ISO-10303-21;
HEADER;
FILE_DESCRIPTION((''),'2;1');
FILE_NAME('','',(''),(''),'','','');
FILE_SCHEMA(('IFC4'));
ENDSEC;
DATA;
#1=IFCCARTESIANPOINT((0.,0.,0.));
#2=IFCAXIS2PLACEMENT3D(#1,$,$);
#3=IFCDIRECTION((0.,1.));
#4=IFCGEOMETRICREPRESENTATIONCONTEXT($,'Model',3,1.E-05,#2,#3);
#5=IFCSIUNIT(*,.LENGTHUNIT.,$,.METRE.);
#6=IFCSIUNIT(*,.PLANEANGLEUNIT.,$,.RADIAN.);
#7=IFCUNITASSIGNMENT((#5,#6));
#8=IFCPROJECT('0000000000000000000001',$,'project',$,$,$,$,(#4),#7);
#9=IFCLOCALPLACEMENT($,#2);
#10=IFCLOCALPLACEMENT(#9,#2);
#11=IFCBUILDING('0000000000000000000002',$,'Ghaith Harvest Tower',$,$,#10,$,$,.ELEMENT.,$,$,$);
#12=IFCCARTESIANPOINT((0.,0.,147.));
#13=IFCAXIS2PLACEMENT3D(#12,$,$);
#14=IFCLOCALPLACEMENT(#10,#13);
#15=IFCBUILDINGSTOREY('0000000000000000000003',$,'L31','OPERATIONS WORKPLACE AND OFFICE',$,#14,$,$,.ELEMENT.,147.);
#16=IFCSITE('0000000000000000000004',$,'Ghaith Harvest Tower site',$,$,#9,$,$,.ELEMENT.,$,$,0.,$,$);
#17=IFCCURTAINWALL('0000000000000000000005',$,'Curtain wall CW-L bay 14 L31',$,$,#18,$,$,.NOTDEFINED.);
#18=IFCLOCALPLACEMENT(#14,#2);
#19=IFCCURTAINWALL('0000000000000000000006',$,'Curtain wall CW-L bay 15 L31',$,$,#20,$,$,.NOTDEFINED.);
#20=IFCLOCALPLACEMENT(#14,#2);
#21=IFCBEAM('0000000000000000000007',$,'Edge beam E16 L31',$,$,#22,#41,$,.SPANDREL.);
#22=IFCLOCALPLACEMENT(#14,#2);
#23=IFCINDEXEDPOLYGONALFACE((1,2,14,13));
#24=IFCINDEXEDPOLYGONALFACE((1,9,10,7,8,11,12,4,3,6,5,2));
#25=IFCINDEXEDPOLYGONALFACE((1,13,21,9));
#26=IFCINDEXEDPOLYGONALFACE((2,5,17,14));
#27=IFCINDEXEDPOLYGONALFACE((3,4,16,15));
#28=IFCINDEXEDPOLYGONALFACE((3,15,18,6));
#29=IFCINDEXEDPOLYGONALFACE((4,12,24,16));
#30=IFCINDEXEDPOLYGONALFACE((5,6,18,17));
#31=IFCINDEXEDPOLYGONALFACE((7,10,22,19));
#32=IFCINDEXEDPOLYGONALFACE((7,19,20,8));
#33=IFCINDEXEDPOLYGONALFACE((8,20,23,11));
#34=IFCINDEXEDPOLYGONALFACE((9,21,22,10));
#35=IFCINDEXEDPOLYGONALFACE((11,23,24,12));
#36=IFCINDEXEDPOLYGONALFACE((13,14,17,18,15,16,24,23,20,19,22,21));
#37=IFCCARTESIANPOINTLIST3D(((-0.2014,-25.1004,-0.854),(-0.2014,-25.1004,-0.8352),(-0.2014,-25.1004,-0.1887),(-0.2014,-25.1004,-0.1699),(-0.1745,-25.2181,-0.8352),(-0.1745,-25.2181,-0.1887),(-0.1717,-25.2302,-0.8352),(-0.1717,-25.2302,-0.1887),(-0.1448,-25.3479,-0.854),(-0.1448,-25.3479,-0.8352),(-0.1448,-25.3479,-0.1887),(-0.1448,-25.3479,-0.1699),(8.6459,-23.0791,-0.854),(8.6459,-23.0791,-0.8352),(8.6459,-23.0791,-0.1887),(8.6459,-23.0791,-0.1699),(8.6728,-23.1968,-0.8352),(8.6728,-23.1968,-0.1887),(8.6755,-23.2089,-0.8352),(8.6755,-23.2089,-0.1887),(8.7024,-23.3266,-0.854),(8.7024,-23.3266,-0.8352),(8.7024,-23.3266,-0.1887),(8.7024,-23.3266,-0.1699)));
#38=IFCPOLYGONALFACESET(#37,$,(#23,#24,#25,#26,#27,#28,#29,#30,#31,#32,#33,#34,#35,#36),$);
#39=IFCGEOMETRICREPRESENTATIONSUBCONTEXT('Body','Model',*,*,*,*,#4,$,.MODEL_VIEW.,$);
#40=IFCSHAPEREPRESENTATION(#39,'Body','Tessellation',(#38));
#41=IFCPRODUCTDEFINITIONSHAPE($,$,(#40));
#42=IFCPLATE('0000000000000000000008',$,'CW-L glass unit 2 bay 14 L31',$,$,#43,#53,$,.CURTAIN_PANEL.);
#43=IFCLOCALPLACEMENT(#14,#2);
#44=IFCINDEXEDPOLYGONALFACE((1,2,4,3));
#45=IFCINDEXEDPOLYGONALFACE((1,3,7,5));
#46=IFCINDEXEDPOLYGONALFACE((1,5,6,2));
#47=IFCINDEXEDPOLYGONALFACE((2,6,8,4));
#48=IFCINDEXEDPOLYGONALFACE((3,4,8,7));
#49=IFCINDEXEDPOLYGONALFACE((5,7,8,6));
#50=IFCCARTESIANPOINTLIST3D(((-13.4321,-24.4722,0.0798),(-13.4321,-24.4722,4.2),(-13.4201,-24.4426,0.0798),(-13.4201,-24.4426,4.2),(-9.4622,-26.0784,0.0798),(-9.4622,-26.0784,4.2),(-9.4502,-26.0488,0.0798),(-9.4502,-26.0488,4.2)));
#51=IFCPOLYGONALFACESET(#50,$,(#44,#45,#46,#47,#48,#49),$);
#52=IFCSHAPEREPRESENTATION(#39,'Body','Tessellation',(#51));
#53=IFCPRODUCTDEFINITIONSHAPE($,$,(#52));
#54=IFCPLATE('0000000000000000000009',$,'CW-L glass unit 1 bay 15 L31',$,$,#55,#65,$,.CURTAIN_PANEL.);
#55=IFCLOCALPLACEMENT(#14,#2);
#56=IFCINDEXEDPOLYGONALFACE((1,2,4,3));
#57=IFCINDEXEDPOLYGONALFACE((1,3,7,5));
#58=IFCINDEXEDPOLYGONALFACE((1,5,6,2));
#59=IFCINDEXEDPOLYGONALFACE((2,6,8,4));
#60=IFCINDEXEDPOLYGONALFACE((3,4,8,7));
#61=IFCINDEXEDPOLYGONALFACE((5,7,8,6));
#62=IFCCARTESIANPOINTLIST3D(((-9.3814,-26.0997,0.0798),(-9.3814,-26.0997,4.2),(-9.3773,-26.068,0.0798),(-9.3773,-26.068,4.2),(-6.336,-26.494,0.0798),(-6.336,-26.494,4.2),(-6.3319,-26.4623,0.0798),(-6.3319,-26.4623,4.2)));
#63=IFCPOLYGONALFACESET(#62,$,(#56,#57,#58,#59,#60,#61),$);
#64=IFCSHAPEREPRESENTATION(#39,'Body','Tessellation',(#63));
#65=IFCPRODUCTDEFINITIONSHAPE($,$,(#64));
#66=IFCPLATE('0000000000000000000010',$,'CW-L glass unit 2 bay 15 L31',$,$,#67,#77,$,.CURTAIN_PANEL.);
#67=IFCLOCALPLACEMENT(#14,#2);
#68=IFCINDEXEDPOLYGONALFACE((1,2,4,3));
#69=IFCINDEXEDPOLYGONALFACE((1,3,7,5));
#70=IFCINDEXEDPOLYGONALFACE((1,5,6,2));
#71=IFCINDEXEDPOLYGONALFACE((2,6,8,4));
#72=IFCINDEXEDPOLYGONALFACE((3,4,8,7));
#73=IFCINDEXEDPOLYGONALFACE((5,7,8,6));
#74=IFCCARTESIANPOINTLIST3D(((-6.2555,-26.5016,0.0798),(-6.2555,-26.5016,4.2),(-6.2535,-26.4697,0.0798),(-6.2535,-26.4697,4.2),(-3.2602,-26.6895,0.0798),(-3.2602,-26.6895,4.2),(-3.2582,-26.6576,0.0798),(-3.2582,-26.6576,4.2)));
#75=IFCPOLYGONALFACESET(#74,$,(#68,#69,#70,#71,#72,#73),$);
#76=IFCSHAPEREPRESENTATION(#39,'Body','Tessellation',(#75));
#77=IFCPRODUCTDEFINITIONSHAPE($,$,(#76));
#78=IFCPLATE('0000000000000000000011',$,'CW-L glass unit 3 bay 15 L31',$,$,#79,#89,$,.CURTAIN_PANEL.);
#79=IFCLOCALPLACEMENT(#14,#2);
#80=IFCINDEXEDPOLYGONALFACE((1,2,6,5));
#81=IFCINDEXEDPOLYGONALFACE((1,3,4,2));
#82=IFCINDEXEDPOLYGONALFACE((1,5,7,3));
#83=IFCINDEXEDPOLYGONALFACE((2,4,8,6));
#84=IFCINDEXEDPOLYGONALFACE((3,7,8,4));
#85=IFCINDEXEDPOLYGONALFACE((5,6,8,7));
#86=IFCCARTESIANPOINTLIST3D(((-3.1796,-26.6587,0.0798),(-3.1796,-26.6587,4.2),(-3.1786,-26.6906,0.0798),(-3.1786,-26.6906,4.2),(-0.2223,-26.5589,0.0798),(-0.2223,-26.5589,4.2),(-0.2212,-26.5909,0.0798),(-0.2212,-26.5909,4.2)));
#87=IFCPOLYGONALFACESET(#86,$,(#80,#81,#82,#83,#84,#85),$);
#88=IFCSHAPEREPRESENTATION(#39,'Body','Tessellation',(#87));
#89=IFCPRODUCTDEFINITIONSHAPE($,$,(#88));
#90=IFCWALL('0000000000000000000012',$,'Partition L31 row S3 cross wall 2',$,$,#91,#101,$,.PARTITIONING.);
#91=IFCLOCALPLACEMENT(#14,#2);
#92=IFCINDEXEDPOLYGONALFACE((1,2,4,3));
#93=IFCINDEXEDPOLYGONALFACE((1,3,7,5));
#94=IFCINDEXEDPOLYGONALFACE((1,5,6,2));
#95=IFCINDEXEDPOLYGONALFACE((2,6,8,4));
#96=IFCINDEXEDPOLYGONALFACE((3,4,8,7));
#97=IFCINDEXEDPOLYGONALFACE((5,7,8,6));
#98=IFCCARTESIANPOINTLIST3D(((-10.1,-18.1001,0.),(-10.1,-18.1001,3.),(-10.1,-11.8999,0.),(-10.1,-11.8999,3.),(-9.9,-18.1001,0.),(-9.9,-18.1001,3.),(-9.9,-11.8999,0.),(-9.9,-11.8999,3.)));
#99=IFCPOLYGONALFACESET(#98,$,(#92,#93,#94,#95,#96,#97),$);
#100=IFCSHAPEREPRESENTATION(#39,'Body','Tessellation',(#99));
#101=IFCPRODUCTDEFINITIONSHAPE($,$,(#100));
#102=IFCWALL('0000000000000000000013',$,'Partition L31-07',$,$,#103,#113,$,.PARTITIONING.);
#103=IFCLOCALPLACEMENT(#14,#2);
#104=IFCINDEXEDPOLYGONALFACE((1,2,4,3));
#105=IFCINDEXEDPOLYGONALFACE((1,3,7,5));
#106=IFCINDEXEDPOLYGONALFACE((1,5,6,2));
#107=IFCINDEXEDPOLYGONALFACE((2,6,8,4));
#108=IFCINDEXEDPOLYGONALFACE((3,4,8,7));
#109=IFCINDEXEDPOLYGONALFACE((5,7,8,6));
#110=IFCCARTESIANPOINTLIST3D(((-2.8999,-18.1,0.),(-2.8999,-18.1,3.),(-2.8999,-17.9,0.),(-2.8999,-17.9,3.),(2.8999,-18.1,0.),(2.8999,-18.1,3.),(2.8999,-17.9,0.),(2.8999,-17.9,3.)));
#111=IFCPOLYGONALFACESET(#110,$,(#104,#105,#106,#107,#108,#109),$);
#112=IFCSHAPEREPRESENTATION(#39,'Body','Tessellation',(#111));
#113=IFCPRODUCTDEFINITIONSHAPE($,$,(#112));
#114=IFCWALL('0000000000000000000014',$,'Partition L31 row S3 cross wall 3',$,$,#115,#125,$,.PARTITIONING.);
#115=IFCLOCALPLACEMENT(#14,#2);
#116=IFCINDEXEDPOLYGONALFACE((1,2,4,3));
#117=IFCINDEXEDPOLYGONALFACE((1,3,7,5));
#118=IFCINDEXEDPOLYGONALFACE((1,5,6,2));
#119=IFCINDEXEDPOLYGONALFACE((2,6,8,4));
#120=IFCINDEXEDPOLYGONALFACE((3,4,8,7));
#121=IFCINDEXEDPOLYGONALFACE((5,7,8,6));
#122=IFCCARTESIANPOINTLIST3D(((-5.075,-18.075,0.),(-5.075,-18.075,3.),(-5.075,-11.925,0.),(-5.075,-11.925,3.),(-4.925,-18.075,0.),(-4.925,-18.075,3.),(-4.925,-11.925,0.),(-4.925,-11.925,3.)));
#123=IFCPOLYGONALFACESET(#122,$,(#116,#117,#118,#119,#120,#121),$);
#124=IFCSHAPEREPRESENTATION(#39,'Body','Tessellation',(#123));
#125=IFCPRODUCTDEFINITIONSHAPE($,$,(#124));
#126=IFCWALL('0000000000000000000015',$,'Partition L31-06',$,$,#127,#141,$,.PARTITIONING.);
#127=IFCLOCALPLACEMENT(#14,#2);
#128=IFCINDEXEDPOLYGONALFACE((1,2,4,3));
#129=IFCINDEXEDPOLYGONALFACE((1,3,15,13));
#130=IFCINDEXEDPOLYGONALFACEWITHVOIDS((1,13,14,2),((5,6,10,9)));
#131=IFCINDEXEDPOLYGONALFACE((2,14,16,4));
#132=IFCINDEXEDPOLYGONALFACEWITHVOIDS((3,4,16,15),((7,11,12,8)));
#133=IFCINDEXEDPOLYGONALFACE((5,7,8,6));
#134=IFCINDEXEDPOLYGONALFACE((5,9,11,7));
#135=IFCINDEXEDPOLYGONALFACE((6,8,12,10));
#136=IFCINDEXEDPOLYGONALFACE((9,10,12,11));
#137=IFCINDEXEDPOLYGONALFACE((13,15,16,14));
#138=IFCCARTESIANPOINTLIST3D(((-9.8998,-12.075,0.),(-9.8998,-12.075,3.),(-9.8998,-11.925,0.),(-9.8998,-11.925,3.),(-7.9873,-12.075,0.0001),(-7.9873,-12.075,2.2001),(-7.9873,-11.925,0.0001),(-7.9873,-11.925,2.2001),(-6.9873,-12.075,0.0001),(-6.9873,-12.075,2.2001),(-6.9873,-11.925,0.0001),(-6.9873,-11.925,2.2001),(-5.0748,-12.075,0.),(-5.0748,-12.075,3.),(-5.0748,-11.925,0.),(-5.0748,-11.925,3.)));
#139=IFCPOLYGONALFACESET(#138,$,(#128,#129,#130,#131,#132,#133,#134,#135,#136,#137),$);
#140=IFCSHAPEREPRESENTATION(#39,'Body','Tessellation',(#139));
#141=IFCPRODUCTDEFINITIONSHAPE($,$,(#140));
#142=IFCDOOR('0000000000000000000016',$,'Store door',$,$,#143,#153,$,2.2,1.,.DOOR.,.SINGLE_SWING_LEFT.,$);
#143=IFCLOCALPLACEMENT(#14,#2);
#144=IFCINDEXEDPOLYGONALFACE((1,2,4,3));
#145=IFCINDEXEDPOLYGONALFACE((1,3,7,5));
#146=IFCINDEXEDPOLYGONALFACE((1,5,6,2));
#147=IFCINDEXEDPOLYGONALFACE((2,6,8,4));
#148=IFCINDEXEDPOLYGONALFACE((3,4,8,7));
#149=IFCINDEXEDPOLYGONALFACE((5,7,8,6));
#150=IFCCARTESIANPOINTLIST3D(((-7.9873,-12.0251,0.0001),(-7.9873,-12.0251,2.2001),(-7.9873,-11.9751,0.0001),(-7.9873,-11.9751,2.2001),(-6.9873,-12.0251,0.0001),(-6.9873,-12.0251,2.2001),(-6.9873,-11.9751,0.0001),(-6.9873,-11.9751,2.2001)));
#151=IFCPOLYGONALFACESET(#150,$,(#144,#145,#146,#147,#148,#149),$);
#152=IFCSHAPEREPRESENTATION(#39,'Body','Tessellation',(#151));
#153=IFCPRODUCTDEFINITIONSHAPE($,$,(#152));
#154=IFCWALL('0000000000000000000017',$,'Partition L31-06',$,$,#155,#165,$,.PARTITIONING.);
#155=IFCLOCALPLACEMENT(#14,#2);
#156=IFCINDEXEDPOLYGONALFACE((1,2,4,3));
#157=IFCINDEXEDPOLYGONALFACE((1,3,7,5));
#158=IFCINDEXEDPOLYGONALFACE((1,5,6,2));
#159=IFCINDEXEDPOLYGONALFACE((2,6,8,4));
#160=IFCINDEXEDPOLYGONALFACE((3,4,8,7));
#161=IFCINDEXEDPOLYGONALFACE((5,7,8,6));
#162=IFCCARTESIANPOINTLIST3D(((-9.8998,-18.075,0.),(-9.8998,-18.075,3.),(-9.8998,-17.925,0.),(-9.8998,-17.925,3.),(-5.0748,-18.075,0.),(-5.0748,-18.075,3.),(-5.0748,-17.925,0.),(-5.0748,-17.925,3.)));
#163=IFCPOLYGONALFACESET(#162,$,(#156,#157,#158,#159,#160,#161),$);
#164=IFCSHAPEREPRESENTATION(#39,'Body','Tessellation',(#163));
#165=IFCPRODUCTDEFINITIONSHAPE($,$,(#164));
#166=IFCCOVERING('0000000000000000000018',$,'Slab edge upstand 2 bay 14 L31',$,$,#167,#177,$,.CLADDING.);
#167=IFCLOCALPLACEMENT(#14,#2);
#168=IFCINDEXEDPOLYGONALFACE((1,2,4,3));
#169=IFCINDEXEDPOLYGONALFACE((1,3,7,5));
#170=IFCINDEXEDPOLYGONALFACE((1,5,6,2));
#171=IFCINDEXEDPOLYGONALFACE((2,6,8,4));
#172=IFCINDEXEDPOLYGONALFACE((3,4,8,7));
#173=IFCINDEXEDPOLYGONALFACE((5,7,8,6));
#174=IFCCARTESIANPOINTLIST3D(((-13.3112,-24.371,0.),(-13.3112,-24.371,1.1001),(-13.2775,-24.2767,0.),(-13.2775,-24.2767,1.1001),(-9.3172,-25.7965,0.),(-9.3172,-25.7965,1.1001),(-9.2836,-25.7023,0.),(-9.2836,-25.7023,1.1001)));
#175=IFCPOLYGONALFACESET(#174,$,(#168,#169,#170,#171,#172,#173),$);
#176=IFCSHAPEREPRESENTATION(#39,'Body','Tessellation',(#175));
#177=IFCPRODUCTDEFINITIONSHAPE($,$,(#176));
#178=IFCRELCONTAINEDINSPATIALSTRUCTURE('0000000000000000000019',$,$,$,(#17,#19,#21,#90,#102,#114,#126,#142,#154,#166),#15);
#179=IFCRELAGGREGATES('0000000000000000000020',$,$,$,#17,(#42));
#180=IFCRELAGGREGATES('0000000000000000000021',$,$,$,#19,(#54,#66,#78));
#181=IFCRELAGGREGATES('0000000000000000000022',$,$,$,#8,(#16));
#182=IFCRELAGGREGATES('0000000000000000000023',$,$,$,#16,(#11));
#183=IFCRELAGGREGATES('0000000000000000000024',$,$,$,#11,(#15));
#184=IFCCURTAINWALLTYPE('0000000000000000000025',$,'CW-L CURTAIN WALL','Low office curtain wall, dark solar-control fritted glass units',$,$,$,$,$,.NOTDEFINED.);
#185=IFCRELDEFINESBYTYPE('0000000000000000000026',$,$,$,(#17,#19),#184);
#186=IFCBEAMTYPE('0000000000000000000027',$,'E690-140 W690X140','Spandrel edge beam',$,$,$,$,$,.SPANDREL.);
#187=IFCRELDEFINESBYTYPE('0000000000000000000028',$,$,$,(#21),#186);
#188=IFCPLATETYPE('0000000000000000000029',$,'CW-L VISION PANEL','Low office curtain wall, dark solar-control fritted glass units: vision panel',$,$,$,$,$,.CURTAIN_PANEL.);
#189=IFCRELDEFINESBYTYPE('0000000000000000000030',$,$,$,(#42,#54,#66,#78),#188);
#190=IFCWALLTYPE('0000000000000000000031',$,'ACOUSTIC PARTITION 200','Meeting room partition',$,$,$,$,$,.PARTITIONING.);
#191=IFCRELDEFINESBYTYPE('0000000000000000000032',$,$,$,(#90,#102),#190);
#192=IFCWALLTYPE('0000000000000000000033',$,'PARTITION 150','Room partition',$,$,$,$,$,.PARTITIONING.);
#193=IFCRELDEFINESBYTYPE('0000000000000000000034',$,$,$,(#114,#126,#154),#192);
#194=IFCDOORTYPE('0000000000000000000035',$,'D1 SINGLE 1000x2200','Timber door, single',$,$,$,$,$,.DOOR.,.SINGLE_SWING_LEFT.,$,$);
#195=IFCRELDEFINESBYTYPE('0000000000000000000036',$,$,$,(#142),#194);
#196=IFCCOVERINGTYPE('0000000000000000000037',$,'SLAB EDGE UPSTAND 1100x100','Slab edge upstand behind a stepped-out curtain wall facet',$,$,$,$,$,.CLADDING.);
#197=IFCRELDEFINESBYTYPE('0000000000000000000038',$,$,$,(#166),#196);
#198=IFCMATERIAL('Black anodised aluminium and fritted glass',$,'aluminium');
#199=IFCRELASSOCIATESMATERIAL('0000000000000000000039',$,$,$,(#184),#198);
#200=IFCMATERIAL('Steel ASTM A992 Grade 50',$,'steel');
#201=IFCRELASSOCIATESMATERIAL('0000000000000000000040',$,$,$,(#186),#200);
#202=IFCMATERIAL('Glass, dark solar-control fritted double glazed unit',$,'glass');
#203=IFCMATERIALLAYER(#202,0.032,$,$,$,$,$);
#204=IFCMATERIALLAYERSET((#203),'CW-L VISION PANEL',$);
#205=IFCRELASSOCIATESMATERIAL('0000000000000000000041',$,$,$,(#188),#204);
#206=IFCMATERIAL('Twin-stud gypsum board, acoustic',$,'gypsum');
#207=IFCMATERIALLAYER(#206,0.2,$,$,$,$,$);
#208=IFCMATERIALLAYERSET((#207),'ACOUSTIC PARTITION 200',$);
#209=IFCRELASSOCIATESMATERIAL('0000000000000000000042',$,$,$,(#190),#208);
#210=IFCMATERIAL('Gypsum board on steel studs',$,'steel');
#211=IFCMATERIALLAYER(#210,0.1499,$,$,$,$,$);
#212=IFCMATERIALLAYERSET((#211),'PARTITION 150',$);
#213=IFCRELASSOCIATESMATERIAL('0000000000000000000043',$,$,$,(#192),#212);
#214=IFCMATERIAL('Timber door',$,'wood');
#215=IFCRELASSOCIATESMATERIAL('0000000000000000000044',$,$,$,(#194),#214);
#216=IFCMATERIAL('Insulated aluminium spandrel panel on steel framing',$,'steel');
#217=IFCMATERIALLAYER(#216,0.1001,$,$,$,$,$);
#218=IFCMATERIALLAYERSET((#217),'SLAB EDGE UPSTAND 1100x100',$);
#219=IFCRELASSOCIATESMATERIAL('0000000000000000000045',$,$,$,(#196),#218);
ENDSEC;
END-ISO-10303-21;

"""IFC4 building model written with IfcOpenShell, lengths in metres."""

from ifc_helpers import new_model, si_unit, direction, frame, frame_2d, origin, origin_2d, place, context, subcontext, project, spatial, rectangle, i_section, extrude, material, layer, layer_set, material_profile, profile_set, type_object, element, fill, aggregate, save


model = new_model("IFC4")

# Units and contexts
model_context = context("Model", 3, precision=1e-05, world=origin(), true_north=direction((0.0, 1.0)))
body_context = subcontext(model_context, "Body", "Model", "MODEL_VIEW")
ifc_project = project(units=[si_unit("LENGTHUNIT", "METRE"), si_unit("PLANEANGLEUNIT", "RADIAN")], contexts=[model_context])

# Site, building, storey
site_placement = place(None, origin())
site = spatial("IfcSite", under=ifc_project, at=site_placement, Name="Ghaith Harvest Tower site", CompositionType="ELEMENT", RefElevation=0.0)
building_placement = place(site_placement, origin())
building = spatial("IfcBuilding", under=site, at=building_placement, Name="Ghaith Harvest Tower", CompositionType="ELEMENT")
storey_placement = place(building_placement, frame((0.0, 0.0, 147.0)))
storey = spatial("IfcBuildingStorey", under=building, at=storey_placement, Name="L31", Description="OPERATIONS WORKPLACE AND OFFICE", CompositionType="ELEMENT", Elevation=147.0)

# Curtain wall
ifc_material_1 = material(Name="Black anodised aluminium and fritted glass", Category="aluminium")
curtain_wall_type = type_object("IfcCurtainWallType", Name="CW-L CURTAIN WALL", Description="Low office curtain wall, dark solar-control fritted glass units", PredefinedType="NOTDEFINED", material=ifc_material_1)
curtain_wall_1_placement = place(storey_placement, origin())
curtain_wall_1 = element("IfcCurtainWall", 1, at=curtain_wall_1_placement, inside=storey, type_object=curtain_wall_type, Name="Curtain wall CW-L bay 14 L31", PredefinedType="NOTDEFINED")

# Curtain wall
curtain_wall_2_placement = place(storey_placement, origin())
curtain_wall_2 = element("IfcCurtainWall", 2, at=curtain_wall_2_placement, inside=storey, type_object=curtain_wall_type, Name="Curtain wall CW-L bay 15 L31", PredefinedType="NOTDEFINED")

# Beam
ifc_material_2 = material(Name="Steel ASTM A992 Grade 50", Category="steel")
ifc_material_profile_1 = material_profile(ifc_material_2, i_section(OverallWidth=0.2539, OverallDepth=0.6841, WebThickness=0.0125, FlangeThickness=0.0188, at=origin_2d()), Name="W690X140")
ifc_profile_set_1 = profile_set([ifc_material_profile_1], Name="Steel ASTM A992 Grade 50")
beam_type = type_object("IfcBeamType", Name="E690-140 W690X140", Description="Spandrel edge beam", PredefinedType="SPANDREL", material=ifc_profile_set_1)
beam_1_placement = place(storey_placement, frame((-0.1731, -25.2241, -0.512), z_axis=(0.974882, 0.222723, 0.0), x_axis=(-0.222723, 0.974882, 0.0)))
element("IfcBeam", 3, at=beam_1_placement, inside=storey, type_object=beam_type, Name="Edge beam E16 L31", PredefinedType="SPANDREL", context=body_context, shape_type="SweptSolid", body=[
    extrude(i_section(OverallWidth=0.2539, OverallDepth=0.6841, WebThickness=0.0125, FlangeThickness=0.0188, at=origin_2d()), origin(), (0.0, 0.0, 1.0), 9.0752),
])

# Plates
ifc_material_3 = material(Name="Glass, dark solar-control fritted double glazed unit", Category="glass")
ifc_layer_1 = layer(ifc_material_3, 0.032)
ifc_layer_set_1 = layer_set([ifc_layer_1], Name="CW-L VISION PANEL")
plate_type = type_object("IfcPlateType", Name="CW-L VISION PANEL", Description="Low office curtain wall, dark solar-control fritted glass units: vision panel", PredefinedType="CURTAIN_PANEL", material=ifc_layer_set_1)
plate_1_placement = place(storey_placement, frame((-11.4412, -25.2605, 0.0798), z_axis=(0.0, 0.0, 1.0), x_axis=(0.927003, -0.375055, 0.0)))
plate_1 = element("IfcPlate", 4, at=plate_1_placement, type_object=plate_type, Name="CW-L glass unit 2 bay 14 L31", PredefinedType="CURTAIN_PANEL", context=body_context, shape_type="SweptSolid", body=[
    extrude(rectangle(XDim=4.2825, YDim=0.032, at=origin_2d()), origin(), (0.0, 0.0, 1.0), 4.1201),
])
aggregate(curtain_wall_1, [plate_1])
plate_2_placement = place(storey_placement, frame((-7.8567, -26.281, 0.0798), z_axis=(0.0, 0.0, 1.0), x_axis=(0.991723, -0.128392, 0.0)))
plate_2 = element("IfcPlate", 5, at=plate_2_placement, type_object=plate_type, Name="CW-L glass unit 1 bay 15 L31", PredefinedType="CURTAIN_PANEL", context=body_context, shape_type="SweptSolid", body=[
    extrude(rectangle(XDim=3.0708, YDim=0.032, at=origin_2d()), origin(), (0.0, 0.0, 1.0), 4.1201),
])
plate_3_placement = place(storey_placement, frame((-4.7568, -26.5796, 0.0798), z_axis=(0.0, 0.0, 1.0), x_axis=(0.998038, -0.062607, 0.0)))
plate_3 = element("IfcPlate", 6, at=plate_3_placement, type_object=plate_type, Name="CW-L glass unit 2 bay 15 L31", PredefinedType="CURTAIN_PANEL", context=body_context, shape_type="SweptSolid", body=[
    extrude(rectangle(XDim=3.0012, YDim=0.032, at=origin_2d()), origin(), (0.0, 0.0, 1.0), 4.1201),
])
plate_4_placement = place(storey_placement, frame((-1.7004, -26.6248, 0.0798), z_axis=(0.0, 0.0, 1.0), x_axis=(0.999432, 0.033714, 0.0)))
plate_4 = element("IfcPlate", 7, at=plate_4_placement, type_object=plate_type, Name="CW-L glass unit 3 bay 15 L31", PredefinedType="CURTAIN_PANEL", context=body_context, shape_type="SweptSolid", body=[
    extrude(rectangle(XDim=2.959, YDim=0.032, at=origin_2d()), origin(), (0.0, 0.0, 1.0), 4.1201),
])
aggregate(curtain_wall_2, [plate_2, plate_3, plate_4])

# Wall
ifc_material_4 = material(Name="Twin-stud gypsum board, acoustic", Category="gypsum")
ifc_layer_2 = layer(ifc_material_4, 0.2)
ifc_layer_set_2 = layer_set([ifc_layer_2], Name="ACOUSTIC PARTITION 200")
wall_type_1 = type_object("IfcWallType", Name="ACOUSTIC PARTITION 200", Description="Meeting room partition", PredefinedType="PARTITIONING", material=ifc_layer_set_2)
wall_1_placement = place(storey_placement, frame((-10.0, -11.8999, 0.0), z_axis=(0.0, 0.0, 1.0), x_axis=(0.0, -1.0, 0.0)))
element("IfcWall", 8, at=wall_1_placement, inside=storey, type_object=wall_type_1, Name="Partition L31 row S3 cross wall 2", PredefinedType="PARTITIONING", context=body_context, shape_type="SweptSolid", body=[
    extrude(rectangle(XDim=6.2002, YDim=0.2, at=frame_2d((3.1001, 0.0))), origin(), (0.0, 0.0, 1.0), 3.0),
])

# Walls
wall_2_placement = place(storey_placement, frame((-2.8999, -18.0, 0.0), z_axis=(0.0, 0.0, 1.0), x_axis=(1.0, 0.0, 0.0)))
element("IfcWall", 9, at=wall_2_placement, inside=storey, type_object=wall_type_1, Name="Partition L31-07", PredefinedType="PARTITIONING", context=body_context, shape_type="SweptSolid", body=[
    extrude(rectangle(XDim=5.7998, YDim=0.2, at=frame_2d((2.8999, 0.0))), origin(), (0.0, 0.0, 1.0), 3.0),
])
ifc_material_5 = material(Name="Gypsum board on steel studs", Category="steel")
ifc_layer_3 = layer(ifc_material_5, 0.1499)
ifc_layer_set_3 = layer_set([ifc_layer_3], Name="PARTITION 150")
wall_type_2 = type_object("IfcWallType", Name="PARTITION 150", Description="Room partition", PredefinedType="PARTITIONING", material=ifc_layer_set_3)
wall_3_placement = place(storey_placement, frame((-5.0, -11.925, 0.0), z_axis=(0.0, 0.0, 1.0), x_axis=(0.0, -1.0, 0.0)))
element("IfcWall", 10, at=wall_3_placement, inside=storey, type_object=wall_type_2, Name="Partition L31 row S3 cross wall 3", PredefinedType="PARTITIONING", context=body_context, shape_type="SweptSolid", body=[
    extrude(rectangle(XDim=6.1499, YDim=0.1499, at=frame_2d((3.075, 0.0))), origin(), (0.0, 0.0, 1.0), 3.0),
])

# Wall, opening, door
wall_4_placement = place(storey_placement, frame((-9.8999, -12.0, 0.0), z_axis=(0.0, 0.0, 1.0), x_axis=(1.0, 0.0, 0.0)))
wall_4 = element("IfcWall", 11, at=wall_4_placement, inside=storey, type_object=wall_type_2, Name="Partition L31-06", PredefinedType="PARTITIONING", context=body_context, shape_type="SweptSolid", body=[
    extrude(rectangle(XDim=4.825, YDim=0.1499, at=frame_2d((2.4126, 0.0))), origin(), (0.0, 0.0, 1.0), 3.0),
])
opening_1_placement = place(wall_4_placement, frame((1.9126, 0.0, 0.0)))
opening_1 = element("IfcOpeningElement", 12, at=opening_1_placement, cuts=wall_4, PredefinedType="OPENING", context=body_context, shape_type="SweptSolid", body=[
    extrude(rectangle(XDim=1.0, YDim=2.2, at=frame_2d((0.5, 1.1001))), frame((0.0, 0.085, 0.0), z_axis=(0.0, -1.0, 0.0), x_axis=(1.0, 0.0, 0.0)), (0.0, 0.0, 1.0), 0.1699),
])
ifc_material_6 = material(Name="Timber door", Category="wood")
door_type_1 = type_object("IfcDoorType", Name="D1 SINGLE 1000x2200", Description="Timber door, single", OperationType="SINGLE_SWING_LEFT", PredefinedType="DOOR", material=ifc_material_6)
door_1_placement = place(opening_1_placement, origin())
door_1 = element("IfcDoor", 13, at=door_1_placement, inside=storey, type_object=door_type_1, Name="Store door", OperationType="SINGLE_SWING_LEFT", OverallHeight=2.2, OverallWidth=1.0, PredefinedType="DOOR", context=body_context, shape_type="SweptSolid", body=[
    extrude(rectangle(XDim=1.0, YDim=2.2, at=frame_2d((0.5, 1.1001))), frame((0.0, 0.0249, 0.0), z_axis=(0.0, -1.0, 0.0), x_axis=(1.0, 0.0, 0.0)), (0.0, 0.0, 1.0), 0.05),
])
fill(opening_1, door_1)

# Wall
wall_5_placement = place(storey_placement, frame((-9.8999, -18.0, 0.0), z_axis=(0.0, 0.0, 1.0), x_axis=(1.0, 0.0, 0.0)))
element("IfcWall", 14, at=wall_5_placement, inside=storey, type_object=wall_type_2, Name="Partition L31-06", PredefinedType="PARTITIONING", context=body_context, shape_type="SweptSolid", body=[
    extrude(rectangle(XDim=4.825, YDim=0.1499, at=frame_2d((2.4126, 0.0))), origin(), (0.0, 0.0, 1.0), 3.0),
])

# Covering
ifc_material_7 = material(Name="Insulated aluminium spandrel panel on steel framing", Category="steel")
ifc_layer_4 = layer(ifc_material_7, 0.1001)
ifc_layer_set_4 = layer_set([ifc_layer_4], Name="SLAB EDGE UPSTAND 1100x100")
covering_type = type_object("IfcCoveringType", Name="SLAB EDGE UPSTAND 1100x100", Description="Slab edge upstand behind a stepped-out curtain wall facet", PredefinedType="CLADDING", material=ifc_layer_set_4)
covering_1_placement = place(storey_placement, frame((-11.2974, -25.0366, 0.0), z_axis=(0.0, 0.0, 1.0), x_axis=(0.941807, -0.336154, 0.0)))
element("IfcCovering", 15, at=covering_1_placement, inside=storey, type_object=covering_type, Name="Slab edge upstand 2 bay 14 L31", PredefinedType="CLADDING", context=body_context, shape_type="SweptSolid", body=[
    extrude(rectangle(XDim=4.2407, YDim=0.1001, at=origin_2d()), origin(), (0.0, 0.0, 1.0), 1.1001),
])

save(model, "model.ifc")
